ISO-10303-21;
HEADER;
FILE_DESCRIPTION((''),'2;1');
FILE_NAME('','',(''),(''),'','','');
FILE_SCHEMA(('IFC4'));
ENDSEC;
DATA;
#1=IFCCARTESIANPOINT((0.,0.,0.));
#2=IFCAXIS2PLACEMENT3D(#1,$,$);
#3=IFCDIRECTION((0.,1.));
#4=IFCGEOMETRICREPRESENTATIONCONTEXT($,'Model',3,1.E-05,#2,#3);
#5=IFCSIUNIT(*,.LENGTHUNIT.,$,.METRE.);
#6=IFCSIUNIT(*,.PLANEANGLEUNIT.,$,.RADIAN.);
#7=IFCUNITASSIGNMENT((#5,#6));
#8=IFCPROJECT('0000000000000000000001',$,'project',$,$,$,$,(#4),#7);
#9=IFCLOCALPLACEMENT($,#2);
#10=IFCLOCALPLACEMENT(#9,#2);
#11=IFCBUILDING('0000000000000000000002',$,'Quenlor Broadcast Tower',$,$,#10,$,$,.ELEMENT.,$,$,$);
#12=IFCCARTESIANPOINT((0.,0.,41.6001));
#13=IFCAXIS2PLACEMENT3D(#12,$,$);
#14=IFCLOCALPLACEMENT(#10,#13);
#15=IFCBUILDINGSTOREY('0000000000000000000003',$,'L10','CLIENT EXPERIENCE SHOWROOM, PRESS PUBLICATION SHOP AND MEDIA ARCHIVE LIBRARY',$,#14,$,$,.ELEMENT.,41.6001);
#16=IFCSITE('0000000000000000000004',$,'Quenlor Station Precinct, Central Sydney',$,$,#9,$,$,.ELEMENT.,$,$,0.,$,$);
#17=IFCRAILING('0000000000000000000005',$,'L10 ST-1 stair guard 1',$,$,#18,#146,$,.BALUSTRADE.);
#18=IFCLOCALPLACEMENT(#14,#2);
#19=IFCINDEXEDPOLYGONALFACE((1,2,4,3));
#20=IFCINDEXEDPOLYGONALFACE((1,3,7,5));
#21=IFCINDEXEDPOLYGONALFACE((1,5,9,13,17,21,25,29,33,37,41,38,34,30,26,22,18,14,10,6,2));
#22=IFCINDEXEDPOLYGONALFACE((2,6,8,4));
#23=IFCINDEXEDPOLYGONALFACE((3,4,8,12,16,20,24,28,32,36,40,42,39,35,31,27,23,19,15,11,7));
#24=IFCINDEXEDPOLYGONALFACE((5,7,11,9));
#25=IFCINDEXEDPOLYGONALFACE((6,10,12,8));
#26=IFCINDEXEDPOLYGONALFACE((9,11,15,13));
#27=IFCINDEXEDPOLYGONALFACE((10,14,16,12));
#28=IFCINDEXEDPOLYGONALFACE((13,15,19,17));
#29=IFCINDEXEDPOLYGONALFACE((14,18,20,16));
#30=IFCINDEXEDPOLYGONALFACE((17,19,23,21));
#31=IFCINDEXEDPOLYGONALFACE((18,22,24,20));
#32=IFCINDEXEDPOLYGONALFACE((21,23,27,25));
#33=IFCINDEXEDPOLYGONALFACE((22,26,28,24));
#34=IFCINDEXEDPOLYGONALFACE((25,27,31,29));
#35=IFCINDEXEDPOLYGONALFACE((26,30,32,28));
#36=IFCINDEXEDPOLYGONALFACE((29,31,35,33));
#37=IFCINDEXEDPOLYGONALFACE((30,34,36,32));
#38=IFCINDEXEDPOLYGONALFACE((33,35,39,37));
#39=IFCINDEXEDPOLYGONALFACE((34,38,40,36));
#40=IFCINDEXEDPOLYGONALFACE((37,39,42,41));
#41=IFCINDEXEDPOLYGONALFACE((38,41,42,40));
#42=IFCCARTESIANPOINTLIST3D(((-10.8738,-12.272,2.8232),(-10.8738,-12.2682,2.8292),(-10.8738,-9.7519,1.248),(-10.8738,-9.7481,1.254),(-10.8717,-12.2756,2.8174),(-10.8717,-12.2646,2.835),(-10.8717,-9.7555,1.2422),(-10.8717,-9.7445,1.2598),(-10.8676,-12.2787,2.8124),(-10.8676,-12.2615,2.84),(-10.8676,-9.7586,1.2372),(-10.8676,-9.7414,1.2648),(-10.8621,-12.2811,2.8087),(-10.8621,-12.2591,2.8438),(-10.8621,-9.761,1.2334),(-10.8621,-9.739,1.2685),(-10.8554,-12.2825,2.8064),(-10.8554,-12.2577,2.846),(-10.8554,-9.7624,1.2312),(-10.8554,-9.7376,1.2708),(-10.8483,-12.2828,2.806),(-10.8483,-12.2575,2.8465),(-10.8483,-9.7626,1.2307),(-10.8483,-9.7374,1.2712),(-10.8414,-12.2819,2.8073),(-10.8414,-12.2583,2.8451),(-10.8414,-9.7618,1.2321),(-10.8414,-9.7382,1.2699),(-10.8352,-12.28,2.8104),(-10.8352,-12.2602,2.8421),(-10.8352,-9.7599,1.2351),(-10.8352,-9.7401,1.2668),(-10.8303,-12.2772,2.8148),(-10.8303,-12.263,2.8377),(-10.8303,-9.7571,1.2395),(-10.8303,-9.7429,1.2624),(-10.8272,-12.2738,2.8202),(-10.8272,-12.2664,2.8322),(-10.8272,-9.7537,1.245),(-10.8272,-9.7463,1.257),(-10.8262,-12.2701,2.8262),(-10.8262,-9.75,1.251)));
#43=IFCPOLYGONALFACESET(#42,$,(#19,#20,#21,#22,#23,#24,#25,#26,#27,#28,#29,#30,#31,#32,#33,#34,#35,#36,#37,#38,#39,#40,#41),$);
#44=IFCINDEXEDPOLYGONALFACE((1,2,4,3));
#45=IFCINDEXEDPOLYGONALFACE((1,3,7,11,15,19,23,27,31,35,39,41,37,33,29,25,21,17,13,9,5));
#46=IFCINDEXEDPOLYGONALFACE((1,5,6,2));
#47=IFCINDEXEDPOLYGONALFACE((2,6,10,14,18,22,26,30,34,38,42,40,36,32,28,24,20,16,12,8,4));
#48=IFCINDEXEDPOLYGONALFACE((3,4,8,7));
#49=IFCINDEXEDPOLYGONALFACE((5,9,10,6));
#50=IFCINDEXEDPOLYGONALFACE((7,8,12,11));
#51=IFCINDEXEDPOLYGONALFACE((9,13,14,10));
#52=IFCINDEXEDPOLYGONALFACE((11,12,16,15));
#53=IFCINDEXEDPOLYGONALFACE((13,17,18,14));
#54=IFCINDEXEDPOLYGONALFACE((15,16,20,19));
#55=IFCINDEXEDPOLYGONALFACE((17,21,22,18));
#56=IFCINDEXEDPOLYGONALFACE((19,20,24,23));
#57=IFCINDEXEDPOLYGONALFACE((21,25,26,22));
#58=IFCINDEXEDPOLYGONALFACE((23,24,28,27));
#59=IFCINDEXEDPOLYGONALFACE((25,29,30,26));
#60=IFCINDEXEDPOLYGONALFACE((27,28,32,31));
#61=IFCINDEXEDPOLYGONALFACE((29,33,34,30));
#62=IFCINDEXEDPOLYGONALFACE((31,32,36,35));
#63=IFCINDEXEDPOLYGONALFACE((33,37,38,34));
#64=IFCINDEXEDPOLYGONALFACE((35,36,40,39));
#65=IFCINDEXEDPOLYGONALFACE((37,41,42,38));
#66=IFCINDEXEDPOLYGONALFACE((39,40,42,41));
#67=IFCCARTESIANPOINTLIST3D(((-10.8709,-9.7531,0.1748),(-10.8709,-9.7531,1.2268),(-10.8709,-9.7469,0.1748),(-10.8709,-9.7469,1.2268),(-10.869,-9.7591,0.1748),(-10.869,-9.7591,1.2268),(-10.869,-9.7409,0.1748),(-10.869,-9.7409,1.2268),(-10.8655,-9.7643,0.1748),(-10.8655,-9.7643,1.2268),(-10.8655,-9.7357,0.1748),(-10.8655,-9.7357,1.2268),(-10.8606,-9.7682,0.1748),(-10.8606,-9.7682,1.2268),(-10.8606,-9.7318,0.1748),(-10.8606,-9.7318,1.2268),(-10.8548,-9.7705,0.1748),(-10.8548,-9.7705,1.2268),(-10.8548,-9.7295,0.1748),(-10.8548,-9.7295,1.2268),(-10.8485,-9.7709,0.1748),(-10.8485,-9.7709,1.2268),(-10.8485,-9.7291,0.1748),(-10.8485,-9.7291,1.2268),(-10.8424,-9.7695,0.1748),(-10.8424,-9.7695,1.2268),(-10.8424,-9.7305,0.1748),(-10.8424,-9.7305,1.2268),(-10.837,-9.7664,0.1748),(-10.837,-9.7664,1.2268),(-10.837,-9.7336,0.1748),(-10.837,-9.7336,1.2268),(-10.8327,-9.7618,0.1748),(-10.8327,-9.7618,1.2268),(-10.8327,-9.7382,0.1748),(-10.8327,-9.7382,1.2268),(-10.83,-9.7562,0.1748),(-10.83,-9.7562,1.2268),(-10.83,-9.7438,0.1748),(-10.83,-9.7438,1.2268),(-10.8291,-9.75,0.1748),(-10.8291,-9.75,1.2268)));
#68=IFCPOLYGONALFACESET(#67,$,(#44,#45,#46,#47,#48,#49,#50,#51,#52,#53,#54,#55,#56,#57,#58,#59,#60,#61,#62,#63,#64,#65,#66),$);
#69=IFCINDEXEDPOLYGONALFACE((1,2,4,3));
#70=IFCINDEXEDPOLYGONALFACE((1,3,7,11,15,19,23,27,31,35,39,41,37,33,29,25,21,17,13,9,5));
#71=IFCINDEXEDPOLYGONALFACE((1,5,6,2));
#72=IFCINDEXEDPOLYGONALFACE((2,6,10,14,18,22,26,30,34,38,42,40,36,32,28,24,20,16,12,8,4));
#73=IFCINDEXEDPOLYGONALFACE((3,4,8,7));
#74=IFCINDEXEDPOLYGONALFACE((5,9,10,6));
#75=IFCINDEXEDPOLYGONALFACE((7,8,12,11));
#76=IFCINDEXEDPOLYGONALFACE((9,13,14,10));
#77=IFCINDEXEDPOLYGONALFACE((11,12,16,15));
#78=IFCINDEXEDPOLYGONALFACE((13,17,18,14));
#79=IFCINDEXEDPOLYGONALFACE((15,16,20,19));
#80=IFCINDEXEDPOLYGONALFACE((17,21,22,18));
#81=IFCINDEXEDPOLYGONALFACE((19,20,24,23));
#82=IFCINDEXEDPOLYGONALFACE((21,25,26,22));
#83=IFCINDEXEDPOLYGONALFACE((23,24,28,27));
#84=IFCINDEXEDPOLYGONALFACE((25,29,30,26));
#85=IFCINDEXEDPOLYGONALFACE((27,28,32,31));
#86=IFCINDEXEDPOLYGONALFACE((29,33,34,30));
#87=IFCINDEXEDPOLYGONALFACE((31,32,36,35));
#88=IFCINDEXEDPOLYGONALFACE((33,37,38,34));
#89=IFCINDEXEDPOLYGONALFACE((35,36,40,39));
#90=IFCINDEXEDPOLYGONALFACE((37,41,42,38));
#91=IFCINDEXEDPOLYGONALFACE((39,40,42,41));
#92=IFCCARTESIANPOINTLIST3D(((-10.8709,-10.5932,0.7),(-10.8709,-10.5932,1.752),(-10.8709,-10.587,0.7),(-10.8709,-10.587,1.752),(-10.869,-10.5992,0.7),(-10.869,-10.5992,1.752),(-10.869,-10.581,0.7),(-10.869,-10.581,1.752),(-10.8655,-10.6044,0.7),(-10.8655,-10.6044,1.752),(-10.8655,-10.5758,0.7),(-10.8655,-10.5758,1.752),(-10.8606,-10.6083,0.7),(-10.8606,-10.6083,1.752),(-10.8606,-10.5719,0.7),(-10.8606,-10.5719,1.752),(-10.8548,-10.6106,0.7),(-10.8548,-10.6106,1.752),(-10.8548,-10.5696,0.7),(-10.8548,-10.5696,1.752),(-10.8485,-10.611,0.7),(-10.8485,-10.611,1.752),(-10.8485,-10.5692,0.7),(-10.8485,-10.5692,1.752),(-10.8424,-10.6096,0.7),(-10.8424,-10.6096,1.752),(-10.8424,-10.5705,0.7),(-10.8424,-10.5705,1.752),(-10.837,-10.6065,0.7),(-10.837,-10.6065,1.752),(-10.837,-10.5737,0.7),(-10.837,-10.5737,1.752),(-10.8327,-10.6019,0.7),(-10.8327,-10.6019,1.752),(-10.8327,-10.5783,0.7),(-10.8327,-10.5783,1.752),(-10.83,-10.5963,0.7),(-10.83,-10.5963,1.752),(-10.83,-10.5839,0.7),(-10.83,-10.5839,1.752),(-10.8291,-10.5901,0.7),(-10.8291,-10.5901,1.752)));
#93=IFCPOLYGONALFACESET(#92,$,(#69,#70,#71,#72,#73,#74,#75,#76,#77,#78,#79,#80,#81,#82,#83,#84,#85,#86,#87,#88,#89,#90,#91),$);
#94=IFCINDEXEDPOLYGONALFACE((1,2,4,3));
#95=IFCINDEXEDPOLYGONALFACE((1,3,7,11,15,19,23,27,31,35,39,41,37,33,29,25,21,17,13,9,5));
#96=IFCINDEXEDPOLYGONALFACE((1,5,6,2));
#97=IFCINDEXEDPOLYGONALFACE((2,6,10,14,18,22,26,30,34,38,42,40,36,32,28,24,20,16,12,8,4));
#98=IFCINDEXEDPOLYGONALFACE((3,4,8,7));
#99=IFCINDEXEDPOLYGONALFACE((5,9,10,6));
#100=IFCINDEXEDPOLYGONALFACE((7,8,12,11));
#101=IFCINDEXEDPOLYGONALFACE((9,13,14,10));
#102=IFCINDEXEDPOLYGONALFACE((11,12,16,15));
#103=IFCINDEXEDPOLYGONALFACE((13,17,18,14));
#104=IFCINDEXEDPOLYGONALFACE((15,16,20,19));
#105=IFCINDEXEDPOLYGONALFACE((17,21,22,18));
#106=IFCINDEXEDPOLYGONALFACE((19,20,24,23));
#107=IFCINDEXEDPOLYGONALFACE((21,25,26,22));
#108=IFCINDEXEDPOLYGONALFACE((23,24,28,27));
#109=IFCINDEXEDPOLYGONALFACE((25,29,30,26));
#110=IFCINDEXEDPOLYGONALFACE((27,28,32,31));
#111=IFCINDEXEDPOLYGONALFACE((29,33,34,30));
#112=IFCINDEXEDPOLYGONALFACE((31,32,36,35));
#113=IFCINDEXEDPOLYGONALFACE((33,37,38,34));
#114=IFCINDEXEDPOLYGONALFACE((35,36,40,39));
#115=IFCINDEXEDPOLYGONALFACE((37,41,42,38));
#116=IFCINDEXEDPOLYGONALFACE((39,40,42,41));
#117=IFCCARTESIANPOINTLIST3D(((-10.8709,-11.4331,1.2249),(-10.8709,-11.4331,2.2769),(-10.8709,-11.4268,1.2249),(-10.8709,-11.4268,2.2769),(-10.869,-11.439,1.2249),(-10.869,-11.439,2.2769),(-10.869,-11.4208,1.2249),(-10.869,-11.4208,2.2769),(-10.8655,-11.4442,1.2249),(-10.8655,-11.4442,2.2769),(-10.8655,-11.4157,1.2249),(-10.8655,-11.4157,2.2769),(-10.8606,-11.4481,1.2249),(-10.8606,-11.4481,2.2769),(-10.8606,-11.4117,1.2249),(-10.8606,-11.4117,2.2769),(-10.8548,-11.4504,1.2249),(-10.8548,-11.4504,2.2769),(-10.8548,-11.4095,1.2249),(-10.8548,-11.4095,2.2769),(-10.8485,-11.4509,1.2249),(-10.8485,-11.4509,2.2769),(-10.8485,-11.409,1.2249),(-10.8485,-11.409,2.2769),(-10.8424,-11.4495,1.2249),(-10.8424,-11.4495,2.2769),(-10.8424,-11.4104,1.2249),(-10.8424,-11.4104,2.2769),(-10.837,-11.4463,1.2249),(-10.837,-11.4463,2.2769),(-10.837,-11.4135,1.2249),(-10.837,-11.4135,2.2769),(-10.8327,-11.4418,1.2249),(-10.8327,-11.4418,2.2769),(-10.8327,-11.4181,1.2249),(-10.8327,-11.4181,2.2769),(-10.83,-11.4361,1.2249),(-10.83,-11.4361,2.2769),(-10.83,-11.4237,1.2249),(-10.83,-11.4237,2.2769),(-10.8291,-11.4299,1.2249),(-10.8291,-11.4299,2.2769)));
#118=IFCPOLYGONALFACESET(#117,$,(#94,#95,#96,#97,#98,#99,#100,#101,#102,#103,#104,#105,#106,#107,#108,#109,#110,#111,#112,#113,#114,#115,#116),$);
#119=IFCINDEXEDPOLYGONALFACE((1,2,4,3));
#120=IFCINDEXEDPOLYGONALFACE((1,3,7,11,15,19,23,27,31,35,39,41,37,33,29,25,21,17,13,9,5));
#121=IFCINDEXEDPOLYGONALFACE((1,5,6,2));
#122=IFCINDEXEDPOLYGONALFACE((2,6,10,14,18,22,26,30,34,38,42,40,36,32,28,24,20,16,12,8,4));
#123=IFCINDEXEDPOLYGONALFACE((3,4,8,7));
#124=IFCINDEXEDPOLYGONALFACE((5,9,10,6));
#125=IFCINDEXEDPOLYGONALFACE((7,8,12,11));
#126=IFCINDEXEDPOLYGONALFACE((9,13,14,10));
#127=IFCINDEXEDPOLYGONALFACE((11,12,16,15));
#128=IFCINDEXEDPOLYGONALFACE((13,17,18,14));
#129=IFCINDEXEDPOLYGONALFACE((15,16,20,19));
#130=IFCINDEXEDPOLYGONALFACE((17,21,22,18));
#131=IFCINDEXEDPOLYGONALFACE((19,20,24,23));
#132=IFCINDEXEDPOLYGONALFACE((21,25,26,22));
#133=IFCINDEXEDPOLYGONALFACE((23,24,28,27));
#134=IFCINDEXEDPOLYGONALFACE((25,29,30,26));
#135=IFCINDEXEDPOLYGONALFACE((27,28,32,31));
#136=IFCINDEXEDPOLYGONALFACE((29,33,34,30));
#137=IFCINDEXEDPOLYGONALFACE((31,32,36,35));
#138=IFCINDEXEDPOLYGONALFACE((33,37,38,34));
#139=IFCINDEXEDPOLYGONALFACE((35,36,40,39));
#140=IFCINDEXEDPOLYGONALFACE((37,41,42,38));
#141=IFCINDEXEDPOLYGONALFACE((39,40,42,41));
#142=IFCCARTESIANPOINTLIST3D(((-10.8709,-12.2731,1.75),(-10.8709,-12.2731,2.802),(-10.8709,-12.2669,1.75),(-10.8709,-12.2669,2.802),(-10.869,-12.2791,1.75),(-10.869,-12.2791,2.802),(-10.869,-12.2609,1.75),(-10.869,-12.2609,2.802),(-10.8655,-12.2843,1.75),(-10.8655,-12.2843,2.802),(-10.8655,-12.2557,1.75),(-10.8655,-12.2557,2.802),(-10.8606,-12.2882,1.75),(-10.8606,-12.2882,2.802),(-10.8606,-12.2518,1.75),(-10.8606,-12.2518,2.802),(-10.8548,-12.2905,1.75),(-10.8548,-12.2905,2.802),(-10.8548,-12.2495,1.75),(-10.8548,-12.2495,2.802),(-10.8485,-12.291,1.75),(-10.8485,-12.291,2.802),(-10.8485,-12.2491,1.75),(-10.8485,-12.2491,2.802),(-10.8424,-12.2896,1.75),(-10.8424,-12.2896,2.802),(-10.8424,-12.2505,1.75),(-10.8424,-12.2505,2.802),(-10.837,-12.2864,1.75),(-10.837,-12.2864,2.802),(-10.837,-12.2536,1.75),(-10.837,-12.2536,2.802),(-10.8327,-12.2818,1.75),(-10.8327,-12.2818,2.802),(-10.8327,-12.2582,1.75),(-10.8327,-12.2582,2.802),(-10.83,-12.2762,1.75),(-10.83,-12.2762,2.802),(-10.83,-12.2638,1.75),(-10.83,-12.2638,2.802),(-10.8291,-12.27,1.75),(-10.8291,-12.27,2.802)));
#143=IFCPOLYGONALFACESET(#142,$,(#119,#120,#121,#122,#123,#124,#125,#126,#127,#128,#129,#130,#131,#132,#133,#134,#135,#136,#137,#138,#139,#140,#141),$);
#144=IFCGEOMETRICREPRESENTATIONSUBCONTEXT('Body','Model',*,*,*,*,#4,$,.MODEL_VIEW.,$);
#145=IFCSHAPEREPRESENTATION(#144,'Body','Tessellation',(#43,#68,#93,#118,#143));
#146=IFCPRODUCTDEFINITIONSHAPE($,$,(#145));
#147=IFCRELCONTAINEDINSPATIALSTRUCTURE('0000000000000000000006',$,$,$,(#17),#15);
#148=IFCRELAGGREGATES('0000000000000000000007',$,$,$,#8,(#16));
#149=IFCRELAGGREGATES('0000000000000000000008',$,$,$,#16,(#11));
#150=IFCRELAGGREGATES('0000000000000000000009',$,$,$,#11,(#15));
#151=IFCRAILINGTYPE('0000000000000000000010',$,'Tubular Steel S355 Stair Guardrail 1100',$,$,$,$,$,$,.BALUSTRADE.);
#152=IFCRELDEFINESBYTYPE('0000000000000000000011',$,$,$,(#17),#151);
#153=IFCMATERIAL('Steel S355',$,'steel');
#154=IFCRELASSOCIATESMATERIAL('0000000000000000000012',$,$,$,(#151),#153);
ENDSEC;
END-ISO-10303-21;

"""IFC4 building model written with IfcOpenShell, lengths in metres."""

from ifc_helpers import new_model, si_unit, direction, frame, origin, origin_2d, place, context, subcontext, project, spatial, circle, extrude, material, type_object, element, save


model = new_model("IFC4")

# Units and contexts
model_context = context("Model", 3, precision=1e-05, world=origin(), true_north=direction((0.0, 1.0)))
body_context = subcontext(model_context, "Body", "Model", "MODEL_VIEW")
ifc_project = project(units=[si_unit("LENGTHUNIT", "METRE"), si_unit("PLANEANGLEUNIT", "RADIAN")], contexts=[model_context])

# Site, building, storey
site_placement = place(None, origin())
site = spatial("IfcSite", under=ifc_project, at=site_placement, Name="Quenlor Station Precinct, Central Sydney", CompositionType="ELEMENT", RefElevation=0.0)
building_placement = place(site_placement, origin())
building = spatial("IfcBuilding", under=site, at=building_placement, Name="Quenlor Broadcast Tower", CompositionType="ELEMENT")
storey_placement = place(building_placement, frame((0.0, 0.0, 41.6001)))
storey = spatial("IfcBuildingStorey", under=building, at=storey_placement, Name="L10", Description="CLIENT EXPERIENCE SHOWROOM, PRESS PUBLICATION SHOP AND MEDIA ARCHIVE LIBRARY", CompositionType="ELEMENT", Elevation=41.6001)

# Railing
ifc_material_1 = material(Name="Steel S355", Category="steel")
railing_type_1 = type_object("IfcRailingType", Name="Tubular Steel S355 Stair Guardrail 1100", PredefinedType="BALUSTRADE", material=ifc_material_1)
railing_1_placement = place(storey_placement, frame((-10.8501, -9.75, 0.1748)))
element("IfcRailing", 1, at=railing_1_placement, inside=storey, type_object=railing_type_1, Name="L10 ST-1 stair guard 1", PredefinedType="BALUSTRADE", context=body_context, shape_type="SweptSolid", body=[
    extrude(circle(Radius=0.0239, at=origin_2d()), frame((0.0, 0.0, 1.0762), z_axis=(0.0, -0.847971, 0.530043), x_axis=(1.0, 0.0, 0.0)), (0.0, 0.0, 1.0), 2.9719),
    extrude(circle(Radius=0.021, at=origin_2d()), origin(), (0.0, 0.0, 1.0), 1.052),
    extrude(circle(Radius=0.021, at=origin_2d()), frame((0.0, -0.8401, 0.5251)), (0.0, 0.0, 1.0), 1.052),
    extrude(circle(Radius=0.021, at=origin_2d()), frame((0.0, -1.6799, 1.05)), (0.0, 0.0, 1.0), 1.052),
    extrude(circle(Radius=0.021, at=origin_2d()), frame((0.0, -2.52, 1.5752)), (0.0, 0.0, 1.0), 1.052),
])

save(model, "model.ifc")
